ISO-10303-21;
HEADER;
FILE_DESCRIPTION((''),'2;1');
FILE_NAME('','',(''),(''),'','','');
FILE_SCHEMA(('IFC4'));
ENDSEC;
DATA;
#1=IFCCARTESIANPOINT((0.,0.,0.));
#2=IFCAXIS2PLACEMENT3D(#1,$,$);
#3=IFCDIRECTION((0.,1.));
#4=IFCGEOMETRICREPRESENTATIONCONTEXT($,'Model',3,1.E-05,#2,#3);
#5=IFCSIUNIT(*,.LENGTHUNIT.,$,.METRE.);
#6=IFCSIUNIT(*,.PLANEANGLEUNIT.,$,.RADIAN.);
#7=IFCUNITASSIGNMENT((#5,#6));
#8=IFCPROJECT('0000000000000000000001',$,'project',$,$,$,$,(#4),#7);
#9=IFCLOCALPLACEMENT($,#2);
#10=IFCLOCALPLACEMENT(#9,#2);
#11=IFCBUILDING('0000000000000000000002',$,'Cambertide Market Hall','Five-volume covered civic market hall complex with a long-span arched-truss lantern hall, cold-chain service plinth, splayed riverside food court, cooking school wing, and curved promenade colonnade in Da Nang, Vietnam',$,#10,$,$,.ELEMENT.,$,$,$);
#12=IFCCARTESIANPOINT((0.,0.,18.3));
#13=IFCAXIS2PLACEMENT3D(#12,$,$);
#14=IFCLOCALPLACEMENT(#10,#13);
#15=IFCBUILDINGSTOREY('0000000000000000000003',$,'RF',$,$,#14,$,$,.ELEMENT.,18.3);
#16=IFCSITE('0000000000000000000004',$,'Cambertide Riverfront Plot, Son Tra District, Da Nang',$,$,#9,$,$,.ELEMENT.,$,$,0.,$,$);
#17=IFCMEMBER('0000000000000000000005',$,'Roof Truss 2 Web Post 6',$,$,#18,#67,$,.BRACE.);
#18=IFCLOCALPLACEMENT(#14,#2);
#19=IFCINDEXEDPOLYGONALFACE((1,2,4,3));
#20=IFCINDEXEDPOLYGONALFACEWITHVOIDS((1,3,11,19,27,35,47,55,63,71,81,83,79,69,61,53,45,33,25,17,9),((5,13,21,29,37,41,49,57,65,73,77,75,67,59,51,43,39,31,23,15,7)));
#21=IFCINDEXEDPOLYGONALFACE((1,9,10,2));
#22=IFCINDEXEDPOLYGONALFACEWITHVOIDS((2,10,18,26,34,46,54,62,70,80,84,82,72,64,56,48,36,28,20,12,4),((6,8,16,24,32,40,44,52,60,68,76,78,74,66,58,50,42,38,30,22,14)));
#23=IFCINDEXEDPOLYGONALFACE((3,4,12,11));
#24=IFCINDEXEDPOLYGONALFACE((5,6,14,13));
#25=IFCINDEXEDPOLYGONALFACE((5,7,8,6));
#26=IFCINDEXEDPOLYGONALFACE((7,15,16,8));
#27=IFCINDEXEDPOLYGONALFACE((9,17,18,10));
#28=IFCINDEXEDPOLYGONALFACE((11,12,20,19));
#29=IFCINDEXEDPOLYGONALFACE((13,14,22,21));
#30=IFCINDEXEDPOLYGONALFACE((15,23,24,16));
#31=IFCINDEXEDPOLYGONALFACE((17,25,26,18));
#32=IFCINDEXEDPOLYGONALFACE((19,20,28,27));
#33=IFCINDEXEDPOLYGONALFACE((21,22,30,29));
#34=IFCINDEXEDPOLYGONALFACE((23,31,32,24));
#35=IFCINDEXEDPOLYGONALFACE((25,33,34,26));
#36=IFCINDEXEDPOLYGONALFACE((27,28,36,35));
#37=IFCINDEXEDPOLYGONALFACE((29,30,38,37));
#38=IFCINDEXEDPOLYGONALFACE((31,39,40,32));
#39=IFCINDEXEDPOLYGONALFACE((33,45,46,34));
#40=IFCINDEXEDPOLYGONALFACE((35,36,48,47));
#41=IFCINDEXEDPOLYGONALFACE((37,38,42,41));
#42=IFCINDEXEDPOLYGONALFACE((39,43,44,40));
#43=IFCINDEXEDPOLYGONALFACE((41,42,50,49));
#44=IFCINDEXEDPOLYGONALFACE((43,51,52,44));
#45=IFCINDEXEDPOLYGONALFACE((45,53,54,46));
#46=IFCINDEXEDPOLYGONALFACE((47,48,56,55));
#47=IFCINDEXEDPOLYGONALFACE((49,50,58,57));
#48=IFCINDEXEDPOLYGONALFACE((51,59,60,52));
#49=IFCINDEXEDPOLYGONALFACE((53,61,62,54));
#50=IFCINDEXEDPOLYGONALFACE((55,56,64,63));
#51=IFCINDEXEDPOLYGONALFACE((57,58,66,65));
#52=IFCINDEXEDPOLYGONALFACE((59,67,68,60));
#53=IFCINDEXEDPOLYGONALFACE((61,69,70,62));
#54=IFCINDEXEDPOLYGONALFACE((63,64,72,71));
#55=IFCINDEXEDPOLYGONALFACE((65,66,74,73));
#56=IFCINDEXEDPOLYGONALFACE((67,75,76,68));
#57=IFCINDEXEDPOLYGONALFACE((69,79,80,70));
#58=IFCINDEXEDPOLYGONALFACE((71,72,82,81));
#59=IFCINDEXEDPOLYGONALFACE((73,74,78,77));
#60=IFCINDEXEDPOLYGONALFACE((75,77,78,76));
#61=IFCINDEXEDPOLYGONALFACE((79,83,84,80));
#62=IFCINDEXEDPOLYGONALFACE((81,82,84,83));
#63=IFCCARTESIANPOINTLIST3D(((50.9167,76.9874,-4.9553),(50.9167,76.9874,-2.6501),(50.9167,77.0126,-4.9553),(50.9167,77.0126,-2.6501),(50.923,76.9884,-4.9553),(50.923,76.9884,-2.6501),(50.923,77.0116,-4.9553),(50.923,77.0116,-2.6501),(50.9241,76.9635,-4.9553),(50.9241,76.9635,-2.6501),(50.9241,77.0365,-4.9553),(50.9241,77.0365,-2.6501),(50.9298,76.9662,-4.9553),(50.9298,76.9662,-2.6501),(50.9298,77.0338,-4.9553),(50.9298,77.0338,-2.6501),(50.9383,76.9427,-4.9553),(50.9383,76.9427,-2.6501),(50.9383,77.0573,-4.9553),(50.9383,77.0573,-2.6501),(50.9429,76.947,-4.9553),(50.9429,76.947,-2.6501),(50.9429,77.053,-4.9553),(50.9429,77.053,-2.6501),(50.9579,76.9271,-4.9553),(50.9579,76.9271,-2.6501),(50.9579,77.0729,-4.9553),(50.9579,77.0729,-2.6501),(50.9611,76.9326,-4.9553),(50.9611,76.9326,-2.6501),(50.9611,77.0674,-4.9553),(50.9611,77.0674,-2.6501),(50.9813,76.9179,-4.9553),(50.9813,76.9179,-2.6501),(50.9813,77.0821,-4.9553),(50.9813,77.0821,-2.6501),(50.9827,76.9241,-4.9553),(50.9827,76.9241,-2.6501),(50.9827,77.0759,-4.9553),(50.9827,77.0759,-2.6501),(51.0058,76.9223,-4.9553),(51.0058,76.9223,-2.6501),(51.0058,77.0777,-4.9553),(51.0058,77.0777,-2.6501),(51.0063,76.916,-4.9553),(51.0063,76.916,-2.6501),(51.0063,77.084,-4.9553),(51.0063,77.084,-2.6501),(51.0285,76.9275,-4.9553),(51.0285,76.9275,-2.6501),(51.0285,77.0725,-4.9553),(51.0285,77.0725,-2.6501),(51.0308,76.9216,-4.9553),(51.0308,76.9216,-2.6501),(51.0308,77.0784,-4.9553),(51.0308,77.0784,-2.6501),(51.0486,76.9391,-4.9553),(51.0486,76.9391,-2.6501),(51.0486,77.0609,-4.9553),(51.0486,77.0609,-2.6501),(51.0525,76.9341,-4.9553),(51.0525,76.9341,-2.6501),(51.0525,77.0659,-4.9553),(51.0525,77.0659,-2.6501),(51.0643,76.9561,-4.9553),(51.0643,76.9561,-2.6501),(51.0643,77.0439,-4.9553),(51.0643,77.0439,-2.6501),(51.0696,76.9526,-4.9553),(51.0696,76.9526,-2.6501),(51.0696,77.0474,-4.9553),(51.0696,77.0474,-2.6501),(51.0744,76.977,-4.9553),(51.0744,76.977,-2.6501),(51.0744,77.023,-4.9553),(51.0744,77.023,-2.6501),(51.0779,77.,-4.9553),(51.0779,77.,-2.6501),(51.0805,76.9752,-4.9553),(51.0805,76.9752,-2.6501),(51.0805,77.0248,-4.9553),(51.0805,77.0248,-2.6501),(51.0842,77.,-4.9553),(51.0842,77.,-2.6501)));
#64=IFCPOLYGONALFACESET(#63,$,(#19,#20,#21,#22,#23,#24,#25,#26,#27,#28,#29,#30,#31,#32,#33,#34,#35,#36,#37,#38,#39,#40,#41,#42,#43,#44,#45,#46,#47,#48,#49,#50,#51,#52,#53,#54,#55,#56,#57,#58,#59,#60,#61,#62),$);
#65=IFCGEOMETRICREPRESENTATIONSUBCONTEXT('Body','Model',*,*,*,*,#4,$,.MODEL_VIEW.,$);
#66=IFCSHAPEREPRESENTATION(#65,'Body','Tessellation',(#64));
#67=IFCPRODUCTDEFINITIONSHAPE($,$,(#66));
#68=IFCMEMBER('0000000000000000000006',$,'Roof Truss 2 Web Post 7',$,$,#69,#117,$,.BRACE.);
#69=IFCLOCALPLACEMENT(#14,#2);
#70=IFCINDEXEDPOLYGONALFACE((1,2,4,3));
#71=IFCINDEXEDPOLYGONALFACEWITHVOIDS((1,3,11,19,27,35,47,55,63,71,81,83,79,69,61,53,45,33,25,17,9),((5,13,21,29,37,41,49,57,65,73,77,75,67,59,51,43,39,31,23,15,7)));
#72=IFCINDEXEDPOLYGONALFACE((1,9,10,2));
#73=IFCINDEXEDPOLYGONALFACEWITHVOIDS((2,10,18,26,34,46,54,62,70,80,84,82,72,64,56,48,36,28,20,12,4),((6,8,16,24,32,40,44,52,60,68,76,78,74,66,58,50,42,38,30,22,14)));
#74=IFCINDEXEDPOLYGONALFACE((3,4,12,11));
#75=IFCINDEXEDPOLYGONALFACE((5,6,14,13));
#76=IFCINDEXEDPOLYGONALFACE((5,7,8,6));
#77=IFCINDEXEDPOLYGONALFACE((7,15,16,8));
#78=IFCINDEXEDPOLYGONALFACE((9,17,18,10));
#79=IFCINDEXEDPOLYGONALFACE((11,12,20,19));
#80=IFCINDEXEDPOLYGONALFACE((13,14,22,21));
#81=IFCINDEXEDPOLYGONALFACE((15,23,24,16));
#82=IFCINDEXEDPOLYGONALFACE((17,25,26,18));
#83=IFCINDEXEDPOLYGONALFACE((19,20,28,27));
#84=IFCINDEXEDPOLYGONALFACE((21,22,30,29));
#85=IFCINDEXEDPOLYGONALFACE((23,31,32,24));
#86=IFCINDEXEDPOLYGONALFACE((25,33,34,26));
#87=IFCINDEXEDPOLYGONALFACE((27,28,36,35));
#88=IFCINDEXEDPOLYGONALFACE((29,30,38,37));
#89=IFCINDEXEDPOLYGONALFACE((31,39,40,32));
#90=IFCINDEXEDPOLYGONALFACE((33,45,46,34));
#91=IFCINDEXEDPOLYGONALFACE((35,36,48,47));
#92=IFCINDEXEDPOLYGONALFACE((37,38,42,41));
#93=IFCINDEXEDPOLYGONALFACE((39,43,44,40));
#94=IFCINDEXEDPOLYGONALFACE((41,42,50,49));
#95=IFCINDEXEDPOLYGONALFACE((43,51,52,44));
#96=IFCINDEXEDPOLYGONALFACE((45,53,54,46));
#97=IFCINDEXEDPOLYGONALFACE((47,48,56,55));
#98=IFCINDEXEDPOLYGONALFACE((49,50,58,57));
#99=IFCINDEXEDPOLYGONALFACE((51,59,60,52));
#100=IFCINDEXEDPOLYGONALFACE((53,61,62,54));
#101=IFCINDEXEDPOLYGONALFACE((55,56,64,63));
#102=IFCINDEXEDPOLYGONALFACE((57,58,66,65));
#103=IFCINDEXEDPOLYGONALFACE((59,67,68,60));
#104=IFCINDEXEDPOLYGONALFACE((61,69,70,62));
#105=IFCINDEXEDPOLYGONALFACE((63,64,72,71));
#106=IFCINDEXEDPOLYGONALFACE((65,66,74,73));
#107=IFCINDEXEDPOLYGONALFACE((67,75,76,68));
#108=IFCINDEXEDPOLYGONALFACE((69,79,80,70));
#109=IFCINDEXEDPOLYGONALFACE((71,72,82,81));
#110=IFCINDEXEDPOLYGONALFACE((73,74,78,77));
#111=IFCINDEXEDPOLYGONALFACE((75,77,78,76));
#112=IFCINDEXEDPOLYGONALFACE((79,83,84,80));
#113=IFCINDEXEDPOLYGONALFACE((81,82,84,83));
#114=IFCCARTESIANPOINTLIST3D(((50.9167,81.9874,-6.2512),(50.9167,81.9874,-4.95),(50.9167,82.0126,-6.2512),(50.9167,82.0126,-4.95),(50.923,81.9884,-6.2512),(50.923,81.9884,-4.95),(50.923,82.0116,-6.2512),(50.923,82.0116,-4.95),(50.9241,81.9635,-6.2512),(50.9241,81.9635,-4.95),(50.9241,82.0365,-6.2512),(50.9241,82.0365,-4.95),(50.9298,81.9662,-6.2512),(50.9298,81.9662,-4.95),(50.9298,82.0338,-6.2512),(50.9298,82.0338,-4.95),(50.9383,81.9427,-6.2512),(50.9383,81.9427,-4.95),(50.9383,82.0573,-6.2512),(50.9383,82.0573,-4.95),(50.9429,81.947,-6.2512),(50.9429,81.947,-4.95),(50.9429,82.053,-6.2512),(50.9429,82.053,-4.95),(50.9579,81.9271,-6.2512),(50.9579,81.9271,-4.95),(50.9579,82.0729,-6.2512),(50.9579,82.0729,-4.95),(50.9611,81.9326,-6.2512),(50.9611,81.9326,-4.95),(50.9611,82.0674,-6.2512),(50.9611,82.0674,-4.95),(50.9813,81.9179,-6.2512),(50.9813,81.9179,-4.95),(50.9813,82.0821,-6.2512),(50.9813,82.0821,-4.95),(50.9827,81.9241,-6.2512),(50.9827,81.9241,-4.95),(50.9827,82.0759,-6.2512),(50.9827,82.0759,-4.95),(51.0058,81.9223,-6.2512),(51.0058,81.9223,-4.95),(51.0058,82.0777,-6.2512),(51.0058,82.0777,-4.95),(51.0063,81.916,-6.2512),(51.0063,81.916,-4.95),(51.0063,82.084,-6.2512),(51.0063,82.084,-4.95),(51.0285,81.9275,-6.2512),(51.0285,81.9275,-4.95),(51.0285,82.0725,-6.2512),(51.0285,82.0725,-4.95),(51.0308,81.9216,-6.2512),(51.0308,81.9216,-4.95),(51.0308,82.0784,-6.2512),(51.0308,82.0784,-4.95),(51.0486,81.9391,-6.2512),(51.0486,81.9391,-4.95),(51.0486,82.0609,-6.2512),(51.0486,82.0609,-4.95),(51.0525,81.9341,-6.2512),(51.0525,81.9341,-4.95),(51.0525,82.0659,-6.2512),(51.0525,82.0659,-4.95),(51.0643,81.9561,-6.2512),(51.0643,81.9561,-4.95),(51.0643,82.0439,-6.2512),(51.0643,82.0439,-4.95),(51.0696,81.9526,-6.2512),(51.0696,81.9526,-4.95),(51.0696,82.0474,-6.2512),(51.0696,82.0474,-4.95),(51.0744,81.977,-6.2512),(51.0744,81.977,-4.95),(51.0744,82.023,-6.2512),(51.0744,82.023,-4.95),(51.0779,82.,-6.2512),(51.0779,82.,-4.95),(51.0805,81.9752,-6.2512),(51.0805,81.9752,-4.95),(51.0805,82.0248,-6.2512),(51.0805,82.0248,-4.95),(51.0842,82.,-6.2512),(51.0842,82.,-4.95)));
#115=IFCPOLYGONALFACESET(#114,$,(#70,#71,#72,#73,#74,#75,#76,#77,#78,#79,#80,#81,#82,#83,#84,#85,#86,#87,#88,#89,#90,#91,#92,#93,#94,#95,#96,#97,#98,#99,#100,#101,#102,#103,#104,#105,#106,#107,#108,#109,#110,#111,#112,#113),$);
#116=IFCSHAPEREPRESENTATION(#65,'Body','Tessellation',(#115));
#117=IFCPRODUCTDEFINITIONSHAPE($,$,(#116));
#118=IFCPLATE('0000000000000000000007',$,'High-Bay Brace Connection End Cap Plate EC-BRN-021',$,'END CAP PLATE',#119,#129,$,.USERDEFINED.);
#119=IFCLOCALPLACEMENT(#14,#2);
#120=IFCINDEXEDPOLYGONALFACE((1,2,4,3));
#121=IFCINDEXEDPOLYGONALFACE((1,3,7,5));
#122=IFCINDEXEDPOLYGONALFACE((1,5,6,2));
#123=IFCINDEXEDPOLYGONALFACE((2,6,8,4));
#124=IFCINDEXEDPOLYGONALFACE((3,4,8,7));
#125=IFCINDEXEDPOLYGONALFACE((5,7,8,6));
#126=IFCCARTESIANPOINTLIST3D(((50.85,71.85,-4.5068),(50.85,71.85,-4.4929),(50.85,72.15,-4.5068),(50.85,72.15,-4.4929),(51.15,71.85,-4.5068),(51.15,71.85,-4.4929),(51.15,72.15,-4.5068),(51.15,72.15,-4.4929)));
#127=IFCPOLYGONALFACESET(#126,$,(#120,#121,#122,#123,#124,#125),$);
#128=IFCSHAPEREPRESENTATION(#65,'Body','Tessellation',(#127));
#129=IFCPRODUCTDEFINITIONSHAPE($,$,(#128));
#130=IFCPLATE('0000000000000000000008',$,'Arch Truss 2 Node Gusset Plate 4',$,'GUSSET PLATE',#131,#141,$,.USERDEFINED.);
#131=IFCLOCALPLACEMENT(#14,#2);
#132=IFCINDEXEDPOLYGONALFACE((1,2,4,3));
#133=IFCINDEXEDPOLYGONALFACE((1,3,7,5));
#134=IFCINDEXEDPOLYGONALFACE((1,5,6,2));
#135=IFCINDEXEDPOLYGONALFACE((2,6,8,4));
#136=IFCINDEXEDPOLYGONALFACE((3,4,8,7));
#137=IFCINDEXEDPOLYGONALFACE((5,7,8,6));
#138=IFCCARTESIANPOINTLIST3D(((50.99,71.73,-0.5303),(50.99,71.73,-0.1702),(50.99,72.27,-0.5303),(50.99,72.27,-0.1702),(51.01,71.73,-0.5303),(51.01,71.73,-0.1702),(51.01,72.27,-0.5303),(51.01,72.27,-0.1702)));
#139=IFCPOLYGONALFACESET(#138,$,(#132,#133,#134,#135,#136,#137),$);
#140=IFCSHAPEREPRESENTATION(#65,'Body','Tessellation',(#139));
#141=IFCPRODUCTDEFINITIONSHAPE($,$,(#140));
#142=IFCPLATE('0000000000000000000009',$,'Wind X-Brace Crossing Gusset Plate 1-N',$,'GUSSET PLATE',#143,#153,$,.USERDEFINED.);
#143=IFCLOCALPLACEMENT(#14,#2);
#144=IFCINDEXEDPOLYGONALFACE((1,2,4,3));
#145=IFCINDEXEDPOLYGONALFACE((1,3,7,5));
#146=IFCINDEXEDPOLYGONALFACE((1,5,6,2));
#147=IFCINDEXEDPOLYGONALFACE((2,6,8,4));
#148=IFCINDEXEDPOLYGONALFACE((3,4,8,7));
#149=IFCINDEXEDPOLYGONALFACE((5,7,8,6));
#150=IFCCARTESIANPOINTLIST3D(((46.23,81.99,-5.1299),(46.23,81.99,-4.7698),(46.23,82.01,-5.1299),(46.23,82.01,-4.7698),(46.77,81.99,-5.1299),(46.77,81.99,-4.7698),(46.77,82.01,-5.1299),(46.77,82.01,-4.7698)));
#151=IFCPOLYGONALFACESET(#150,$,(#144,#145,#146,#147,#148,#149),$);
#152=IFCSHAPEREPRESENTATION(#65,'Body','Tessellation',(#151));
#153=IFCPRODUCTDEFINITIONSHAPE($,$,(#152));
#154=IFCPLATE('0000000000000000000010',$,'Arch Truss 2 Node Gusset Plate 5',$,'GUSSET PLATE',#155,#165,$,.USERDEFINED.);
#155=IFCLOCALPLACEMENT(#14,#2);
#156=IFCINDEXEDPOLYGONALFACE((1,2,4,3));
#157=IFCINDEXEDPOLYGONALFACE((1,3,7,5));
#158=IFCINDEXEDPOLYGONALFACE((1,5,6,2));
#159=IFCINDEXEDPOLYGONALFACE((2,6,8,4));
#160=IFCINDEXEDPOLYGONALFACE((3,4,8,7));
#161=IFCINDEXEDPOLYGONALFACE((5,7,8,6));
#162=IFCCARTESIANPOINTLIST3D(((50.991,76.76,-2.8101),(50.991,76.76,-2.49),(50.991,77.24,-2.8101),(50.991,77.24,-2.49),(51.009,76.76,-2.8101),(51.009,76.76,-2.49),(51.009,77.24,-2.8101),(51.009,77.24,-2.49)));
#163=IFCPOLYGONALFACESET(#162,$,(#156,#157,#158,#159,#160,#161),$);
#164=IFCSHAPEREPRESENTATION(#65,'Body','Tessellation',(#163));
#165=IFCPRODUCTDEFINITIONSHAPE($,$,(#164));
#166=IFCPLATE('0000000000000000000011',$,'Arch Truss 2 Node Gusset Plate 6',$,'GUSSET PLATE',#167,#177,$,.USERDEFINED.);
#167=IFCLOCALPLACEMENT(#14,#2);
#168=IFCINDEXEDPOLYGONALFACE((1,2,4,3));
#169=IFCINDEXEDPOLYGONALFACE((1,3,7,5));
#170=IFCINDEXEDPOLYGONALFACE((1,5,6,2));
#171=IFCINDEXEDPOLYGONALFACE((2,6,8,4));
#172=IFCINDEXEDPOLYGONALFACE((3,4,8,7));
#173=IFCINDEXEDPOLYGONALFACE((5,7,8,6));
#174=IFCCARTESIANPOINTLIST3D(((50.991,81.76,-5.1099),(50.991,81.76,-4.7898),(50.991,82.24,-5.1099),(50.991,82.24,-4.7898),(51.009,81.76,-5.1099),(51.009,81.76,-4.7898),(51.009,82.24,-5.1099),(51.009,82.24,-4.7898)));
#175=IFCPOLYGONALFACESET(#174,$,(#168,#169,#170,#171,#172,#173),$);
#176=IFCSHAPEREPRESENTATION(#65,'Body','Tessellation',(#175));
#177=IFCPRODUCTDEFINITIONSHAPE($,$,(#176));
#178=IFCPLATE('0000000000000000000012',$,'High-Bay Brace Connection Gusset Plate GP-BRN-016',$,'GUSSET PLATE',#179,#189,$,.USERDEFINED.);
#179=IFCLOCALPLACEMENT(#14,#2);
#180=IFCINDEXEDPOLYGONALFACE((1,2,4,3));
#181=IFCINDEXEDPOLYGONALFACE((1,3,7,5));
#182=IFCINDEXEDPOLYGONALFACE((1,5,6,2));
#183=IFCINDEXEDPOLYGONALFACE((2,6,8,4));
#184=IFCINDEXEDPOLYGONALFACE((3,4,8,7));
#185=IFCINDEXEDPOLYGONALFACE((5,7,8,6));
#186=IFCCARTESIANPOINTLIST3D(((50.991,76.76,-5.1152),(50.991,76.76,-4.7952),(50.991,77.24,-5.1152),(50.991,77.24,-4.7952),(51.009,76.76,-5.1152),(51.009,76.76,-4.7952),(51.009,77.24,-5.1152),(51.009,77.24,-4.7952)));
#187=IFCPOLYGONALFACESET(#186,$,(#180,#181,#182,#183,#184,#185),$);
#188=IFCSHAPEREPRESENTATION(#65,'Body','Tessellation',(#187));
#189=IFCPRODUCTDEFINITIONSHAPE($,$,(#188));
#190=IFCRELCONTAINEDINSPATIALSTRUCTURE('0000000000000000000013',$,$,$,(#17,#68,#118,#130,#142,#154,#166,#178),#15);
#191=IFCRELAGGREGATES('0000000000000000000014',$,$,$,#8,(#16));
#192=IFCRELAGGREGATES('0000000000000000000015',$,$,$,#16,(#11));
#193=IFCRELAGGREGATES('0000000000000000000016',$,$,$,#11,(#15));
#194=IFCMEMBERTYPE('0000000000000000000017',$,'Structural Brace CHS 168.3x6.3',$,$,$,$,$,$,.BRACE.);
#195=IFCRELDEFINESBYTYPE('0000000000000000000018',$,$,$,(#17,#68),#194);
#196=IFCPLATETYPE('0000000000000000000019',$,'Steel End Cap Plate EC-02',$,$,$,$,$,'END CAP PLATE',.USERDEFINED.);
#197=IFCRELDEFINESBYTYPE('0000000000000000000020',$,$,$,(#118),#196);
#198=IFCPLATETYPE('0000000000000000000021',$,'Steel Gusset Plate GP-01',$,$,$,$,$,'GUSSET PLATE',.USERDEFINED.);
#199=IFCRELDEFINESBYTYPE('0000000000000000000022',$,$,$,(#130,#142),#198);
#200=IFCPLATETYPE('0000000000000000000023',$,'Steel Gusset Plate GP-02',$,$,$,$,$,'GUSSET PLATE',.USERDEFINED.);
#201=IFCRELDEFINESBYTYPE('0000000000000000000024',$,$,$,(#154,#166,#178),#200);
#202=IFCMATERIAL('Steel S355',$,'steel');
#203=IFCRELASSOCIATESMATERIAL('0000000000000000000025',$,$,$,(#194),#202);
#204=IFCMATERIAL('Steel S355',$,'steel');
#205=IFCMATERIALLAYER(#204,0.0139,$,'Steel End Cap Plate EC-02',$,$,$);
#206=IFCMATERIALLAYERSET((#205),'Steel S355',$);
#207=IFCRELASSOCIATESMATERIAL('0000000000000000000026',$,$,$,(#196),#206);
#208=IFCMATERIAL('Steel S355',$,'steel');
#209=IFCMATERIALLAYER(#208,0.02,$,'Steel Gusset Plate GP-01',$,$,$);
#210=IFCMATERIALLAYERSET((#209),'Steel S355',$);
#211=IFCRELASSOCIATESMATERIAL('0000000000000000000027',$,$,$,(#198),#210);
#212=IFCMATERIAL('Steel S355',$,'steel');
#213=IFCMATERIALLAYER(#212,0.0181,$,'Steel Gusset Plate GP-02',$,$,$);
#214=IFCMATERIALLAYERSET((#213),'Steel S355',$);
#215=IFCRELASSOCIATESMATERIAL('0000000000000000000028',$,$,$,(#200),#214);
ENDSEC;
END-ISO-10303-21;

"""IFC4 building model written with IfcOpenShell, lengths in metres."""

from ifc_helpers import new_model, si_unit, direction, frame, origin, origin_2d, place, context, subcontext, project, spatial, rectangle, hollow_circle, extrude, material, layer, layer_set, material_profile, profile_set, type_object, element, save


model = new_model("IFC4")

# Units and contexts
model_context = context("Model", 3, precision=1e-05, world=origin(), true_north=direction((0.0, 1.0)))
body_context = subcontext(model_context, "Body", "Model", "MODEL_VIEW")
ifc_project = project(units=[si_unit("LENGTHUNIT", "METRE"), si_unit("PLANEANGLEUNIT", "RADIAN")], contexts=[model_context])

# Site, building, storey
site_placement = place(None, origin())
site = spatial("IfcSite", under=ifc_project, at=site_placement, Name="Cambertide Riverfront Plot, Son Tra District, Da Nang", CompositionType="ELEMENT", RefElevation=0.0)
building_placement = place(site_placement, origin())
building = spatial("IfcBuilding", under=site, at=building_placement, Name="Cambertide Market Hall", Description="Five-volume covered civic market hall complex with a long-span arched-truss lantern hall, cold-chain service plinth, splayed riverside food court, cooking school wing, and curved promenade colonnade in Da Nang, Vietnam", CompositionType="ELEMENT")
storey_placement = place(building_placement, frame((0.0, 0.0, 18.3)))
storey = spatial("IfcBuildingStorey", under=building, at=storey_placement, Name="RF", CompositionType="ELEMENT", Elevation=18.3)

# Members
ifc_material_1 = material(Name="Steel S355", Category="steel")
ifc_material_profile_1 = material_profile(ifc_material_1, hollow_circle(Radius=0.0842, WallThickness=0.0063, at=origin_2d()), Name="CHS 168.3x6.3")
ifc_profile_set_1 = profile_set([ifc_material_profile_1], Name="Steel S355")
member_type_1 = type_object("IfcMemberType", Name="Structural Brace CHS 168.3x6.3", PredefinedType="BRACE", material=ifc_profile_set_1)
member_1_placement = place(storey_placement, frame((51.0, 77.0, -4.9553), z_axis=(0.0, 0.0, 1.0), x_axis=(1.0, 0.0, 0.0)))
element("IfcMember", 1, at=member_1_placement, inside=storey, type_object=member_type_1, Name="Roof Truss 2 Web Post 6", PredefinedType="BRACE", context=body_context, shape_type="SweptSolid", body=[
    extrude(hollow_circle(Radius=0.0842, WallThickness=0.0063, at=origin_2d()), origin(), (0.0, 0.0, 1.0), 2.3052),
])
member_2_placement = place(storey_placement, frame((51.0, 82.0, -6.2512), z_axis=(0.0, 0.0, 1.0), x_axis=(1.0, 0.0, 0.0)))
element("IfcMember", 2, at=member_2_placement, inside=storey, type_object=member_type_1, Name="Roof Truss 2 Web Post 7", PredefinedType="BRACE", context=body_context, shape_type="SweptSolid", body=[
    extrude(hollow_circle(Radius=0.0842, WallThickness=0.0063, at=origin_2d()), origin(), (0.0, 0.0, 1.0), 1.3013),
])

# Plates
ifc_material_2 = material(Name="Steel S355", Category="steel")
ifc_layer_1 = layer(ifc_material_2, 0.0139, Name="Steel End Cap Plate EC-02")
ifc_layer_set_1 = layer_set([ifc_layer_1], Name="Steel S355")
plate_type_1 = type_object("IfcPlateType", Name="Steel End Cap Plate EC-02", ElementType="END CAP PLATE", PredefinedType="USERDEFINED", material=ifc_layer_set_1)
plate_1_placement = place(storey_placement, frame((51.0, 72.0, -4.5068), z_axis=(0.0, 0.0, 1.0), x_axis=(1.0, 0.0, 0.0)))
element("IfcPlate", 3, at=plate_1_placement, inside=storey, type_object=plate_type_1, Name="High-Bay Brace Connection End Cap Plate EC-BRN-021", ObjectType="END CAP PLATE", PredefinedType="USERDEFINED", context=body_context, shape_type="SweptSolid", body=[
    extrude(rectangle(XDim=0.3, YDim=0.3, at=origin_2d()), origin(), (0.0, 0.0, 1.0), 0.0139),
])
ifc_material_3 = material(Name="Steel S355", Category="steel")
ifc_layer_2 = layer(ifc_material_3, 0.02, Name="Steel Gusset Plate GP-01")
ifc_layer_set_2 = layer_set([ifc_layer_2], Name="Steel S355")
plate_type_2 = type_object("IfcPlateType", Name="Steel Gusset Plate GP-01", ElementType="GUSSET PLATE", PredefinedType="USERDEFINED", material=ifc_layer_set_2)
plate_2_placement = place(storey_placement, frame((51.0, 72.0, -0.5303), z_axis=(0.0, 0.0, 1.0), x_axis=(1.0, 0.0, 0.0)))
element("IfcPlate", 4, at=plate_2_placement, inside=storey, type_object=plate_type_2, Name="Arch Truss 2 Node Gusset Plate 4", ObjectType="GUSSET PLATE", PredefinedType="USERDEFINED", context=body_context, shape_type="SweptSolid", body=[
    extrude(rectangle(XDim=0.02, YDim=0.54, at=origin_2d()), origin(), (0.0, 0.0, 1.0), 0.3601),
])
plate_3_placement = place(storey_placement, frame((46.5, 82.0, -5.1299), z_axis=(0.0, 0.0, 1.0), x_axis=(1.0, 0.0, 0.0)))
element("IfcPlate", 5, at=plate_3_placement, inside=storey, type_object=plate_type_2, Name="Wind X-Brace Crossing Gusset Plate 1-N", ObjectType="GUSSET PLATE", PredefinedType="USERDEFINED", context=body_context, shape_type="SweptSolid", body=[
    extrude(rectangle(XDim=0.54, YDim=0.02, at=origin_2d()), origin(), (0.0, 0.0, 1.0), 0.3601),
])
ifc_material_4 = material(Name="Steel S355", Category="steel")
ifc_layer_3 = layer(ifc_material_4, 0.0181, Name="Steel Gusset Plate GP-02")
ifc_layer_set_3 = layer_set([ifc_layer_3], Name="Steel S355")
plate_type_3 = type_object("IfcPlateType", Name="Steel Gusset Plate GP-02", ElementType="GUSSET PLATE", PredefinedType="USERDEFINED", material=ifc_layer_set_3)
for number, where, z_axis, x_axis, name in (
    (6, (51.0, 77.0, -2.8101), (0.0, 0.0, 1.0), (1.0, 0.0, 0.0), "Arch Truss 2 Node Gusset Plate 5"),
    (7, (51.0, 82.0, -5.1099), (0.0, 0.0, 1.0), (1.0, 0.0, 0.0), "Arch Truss 2 Node Gusset Plate 6"),
):
    element("IfcPlate", number, at=place(storey_placement, frame(where, z_axis=z_axis, x_axis=x_axis)), inside=storey, type_object=plate_type_3, Name=name, ObjectType="GUSSET PLATE", PredefinedType="USERDEFINED", context=body_context, shape_type="SweptSolid", body=[
        extrude(rectangle(XDim=0.0181, YDim=0.48, at=origin_2d()), origin(), (0.0, 0.0, 1.0), 0.3201),
    ])
for number, where, z_axis, x_axis, name in (
    (8, (51.0, 77.0, -5.1152), (0.0, 0.0, 1.0), (0.0, 1.0, 0.0), "High-Bay Brace Connection Gusset Plate GP-BRN-016"),
):
    element("IfcPlate", number, at=place(storey_placement, frame(where, z_axis=z_axis, x_axis=x_axis)), inside=storey, type_object=plate_type_3, Name=name, ObjectType="GUSSET PLATE", PredefinedType="USERDEFINED", context=body_context, shape_type="SweptSolid", body=[
        extrude(rectangle(XDim=0.48, YDim=0.0181, at=origin_2d()), origin(), (0.0, 0.0, 1.0), 0.3201),
    ])

save(model, "model.ifc")
